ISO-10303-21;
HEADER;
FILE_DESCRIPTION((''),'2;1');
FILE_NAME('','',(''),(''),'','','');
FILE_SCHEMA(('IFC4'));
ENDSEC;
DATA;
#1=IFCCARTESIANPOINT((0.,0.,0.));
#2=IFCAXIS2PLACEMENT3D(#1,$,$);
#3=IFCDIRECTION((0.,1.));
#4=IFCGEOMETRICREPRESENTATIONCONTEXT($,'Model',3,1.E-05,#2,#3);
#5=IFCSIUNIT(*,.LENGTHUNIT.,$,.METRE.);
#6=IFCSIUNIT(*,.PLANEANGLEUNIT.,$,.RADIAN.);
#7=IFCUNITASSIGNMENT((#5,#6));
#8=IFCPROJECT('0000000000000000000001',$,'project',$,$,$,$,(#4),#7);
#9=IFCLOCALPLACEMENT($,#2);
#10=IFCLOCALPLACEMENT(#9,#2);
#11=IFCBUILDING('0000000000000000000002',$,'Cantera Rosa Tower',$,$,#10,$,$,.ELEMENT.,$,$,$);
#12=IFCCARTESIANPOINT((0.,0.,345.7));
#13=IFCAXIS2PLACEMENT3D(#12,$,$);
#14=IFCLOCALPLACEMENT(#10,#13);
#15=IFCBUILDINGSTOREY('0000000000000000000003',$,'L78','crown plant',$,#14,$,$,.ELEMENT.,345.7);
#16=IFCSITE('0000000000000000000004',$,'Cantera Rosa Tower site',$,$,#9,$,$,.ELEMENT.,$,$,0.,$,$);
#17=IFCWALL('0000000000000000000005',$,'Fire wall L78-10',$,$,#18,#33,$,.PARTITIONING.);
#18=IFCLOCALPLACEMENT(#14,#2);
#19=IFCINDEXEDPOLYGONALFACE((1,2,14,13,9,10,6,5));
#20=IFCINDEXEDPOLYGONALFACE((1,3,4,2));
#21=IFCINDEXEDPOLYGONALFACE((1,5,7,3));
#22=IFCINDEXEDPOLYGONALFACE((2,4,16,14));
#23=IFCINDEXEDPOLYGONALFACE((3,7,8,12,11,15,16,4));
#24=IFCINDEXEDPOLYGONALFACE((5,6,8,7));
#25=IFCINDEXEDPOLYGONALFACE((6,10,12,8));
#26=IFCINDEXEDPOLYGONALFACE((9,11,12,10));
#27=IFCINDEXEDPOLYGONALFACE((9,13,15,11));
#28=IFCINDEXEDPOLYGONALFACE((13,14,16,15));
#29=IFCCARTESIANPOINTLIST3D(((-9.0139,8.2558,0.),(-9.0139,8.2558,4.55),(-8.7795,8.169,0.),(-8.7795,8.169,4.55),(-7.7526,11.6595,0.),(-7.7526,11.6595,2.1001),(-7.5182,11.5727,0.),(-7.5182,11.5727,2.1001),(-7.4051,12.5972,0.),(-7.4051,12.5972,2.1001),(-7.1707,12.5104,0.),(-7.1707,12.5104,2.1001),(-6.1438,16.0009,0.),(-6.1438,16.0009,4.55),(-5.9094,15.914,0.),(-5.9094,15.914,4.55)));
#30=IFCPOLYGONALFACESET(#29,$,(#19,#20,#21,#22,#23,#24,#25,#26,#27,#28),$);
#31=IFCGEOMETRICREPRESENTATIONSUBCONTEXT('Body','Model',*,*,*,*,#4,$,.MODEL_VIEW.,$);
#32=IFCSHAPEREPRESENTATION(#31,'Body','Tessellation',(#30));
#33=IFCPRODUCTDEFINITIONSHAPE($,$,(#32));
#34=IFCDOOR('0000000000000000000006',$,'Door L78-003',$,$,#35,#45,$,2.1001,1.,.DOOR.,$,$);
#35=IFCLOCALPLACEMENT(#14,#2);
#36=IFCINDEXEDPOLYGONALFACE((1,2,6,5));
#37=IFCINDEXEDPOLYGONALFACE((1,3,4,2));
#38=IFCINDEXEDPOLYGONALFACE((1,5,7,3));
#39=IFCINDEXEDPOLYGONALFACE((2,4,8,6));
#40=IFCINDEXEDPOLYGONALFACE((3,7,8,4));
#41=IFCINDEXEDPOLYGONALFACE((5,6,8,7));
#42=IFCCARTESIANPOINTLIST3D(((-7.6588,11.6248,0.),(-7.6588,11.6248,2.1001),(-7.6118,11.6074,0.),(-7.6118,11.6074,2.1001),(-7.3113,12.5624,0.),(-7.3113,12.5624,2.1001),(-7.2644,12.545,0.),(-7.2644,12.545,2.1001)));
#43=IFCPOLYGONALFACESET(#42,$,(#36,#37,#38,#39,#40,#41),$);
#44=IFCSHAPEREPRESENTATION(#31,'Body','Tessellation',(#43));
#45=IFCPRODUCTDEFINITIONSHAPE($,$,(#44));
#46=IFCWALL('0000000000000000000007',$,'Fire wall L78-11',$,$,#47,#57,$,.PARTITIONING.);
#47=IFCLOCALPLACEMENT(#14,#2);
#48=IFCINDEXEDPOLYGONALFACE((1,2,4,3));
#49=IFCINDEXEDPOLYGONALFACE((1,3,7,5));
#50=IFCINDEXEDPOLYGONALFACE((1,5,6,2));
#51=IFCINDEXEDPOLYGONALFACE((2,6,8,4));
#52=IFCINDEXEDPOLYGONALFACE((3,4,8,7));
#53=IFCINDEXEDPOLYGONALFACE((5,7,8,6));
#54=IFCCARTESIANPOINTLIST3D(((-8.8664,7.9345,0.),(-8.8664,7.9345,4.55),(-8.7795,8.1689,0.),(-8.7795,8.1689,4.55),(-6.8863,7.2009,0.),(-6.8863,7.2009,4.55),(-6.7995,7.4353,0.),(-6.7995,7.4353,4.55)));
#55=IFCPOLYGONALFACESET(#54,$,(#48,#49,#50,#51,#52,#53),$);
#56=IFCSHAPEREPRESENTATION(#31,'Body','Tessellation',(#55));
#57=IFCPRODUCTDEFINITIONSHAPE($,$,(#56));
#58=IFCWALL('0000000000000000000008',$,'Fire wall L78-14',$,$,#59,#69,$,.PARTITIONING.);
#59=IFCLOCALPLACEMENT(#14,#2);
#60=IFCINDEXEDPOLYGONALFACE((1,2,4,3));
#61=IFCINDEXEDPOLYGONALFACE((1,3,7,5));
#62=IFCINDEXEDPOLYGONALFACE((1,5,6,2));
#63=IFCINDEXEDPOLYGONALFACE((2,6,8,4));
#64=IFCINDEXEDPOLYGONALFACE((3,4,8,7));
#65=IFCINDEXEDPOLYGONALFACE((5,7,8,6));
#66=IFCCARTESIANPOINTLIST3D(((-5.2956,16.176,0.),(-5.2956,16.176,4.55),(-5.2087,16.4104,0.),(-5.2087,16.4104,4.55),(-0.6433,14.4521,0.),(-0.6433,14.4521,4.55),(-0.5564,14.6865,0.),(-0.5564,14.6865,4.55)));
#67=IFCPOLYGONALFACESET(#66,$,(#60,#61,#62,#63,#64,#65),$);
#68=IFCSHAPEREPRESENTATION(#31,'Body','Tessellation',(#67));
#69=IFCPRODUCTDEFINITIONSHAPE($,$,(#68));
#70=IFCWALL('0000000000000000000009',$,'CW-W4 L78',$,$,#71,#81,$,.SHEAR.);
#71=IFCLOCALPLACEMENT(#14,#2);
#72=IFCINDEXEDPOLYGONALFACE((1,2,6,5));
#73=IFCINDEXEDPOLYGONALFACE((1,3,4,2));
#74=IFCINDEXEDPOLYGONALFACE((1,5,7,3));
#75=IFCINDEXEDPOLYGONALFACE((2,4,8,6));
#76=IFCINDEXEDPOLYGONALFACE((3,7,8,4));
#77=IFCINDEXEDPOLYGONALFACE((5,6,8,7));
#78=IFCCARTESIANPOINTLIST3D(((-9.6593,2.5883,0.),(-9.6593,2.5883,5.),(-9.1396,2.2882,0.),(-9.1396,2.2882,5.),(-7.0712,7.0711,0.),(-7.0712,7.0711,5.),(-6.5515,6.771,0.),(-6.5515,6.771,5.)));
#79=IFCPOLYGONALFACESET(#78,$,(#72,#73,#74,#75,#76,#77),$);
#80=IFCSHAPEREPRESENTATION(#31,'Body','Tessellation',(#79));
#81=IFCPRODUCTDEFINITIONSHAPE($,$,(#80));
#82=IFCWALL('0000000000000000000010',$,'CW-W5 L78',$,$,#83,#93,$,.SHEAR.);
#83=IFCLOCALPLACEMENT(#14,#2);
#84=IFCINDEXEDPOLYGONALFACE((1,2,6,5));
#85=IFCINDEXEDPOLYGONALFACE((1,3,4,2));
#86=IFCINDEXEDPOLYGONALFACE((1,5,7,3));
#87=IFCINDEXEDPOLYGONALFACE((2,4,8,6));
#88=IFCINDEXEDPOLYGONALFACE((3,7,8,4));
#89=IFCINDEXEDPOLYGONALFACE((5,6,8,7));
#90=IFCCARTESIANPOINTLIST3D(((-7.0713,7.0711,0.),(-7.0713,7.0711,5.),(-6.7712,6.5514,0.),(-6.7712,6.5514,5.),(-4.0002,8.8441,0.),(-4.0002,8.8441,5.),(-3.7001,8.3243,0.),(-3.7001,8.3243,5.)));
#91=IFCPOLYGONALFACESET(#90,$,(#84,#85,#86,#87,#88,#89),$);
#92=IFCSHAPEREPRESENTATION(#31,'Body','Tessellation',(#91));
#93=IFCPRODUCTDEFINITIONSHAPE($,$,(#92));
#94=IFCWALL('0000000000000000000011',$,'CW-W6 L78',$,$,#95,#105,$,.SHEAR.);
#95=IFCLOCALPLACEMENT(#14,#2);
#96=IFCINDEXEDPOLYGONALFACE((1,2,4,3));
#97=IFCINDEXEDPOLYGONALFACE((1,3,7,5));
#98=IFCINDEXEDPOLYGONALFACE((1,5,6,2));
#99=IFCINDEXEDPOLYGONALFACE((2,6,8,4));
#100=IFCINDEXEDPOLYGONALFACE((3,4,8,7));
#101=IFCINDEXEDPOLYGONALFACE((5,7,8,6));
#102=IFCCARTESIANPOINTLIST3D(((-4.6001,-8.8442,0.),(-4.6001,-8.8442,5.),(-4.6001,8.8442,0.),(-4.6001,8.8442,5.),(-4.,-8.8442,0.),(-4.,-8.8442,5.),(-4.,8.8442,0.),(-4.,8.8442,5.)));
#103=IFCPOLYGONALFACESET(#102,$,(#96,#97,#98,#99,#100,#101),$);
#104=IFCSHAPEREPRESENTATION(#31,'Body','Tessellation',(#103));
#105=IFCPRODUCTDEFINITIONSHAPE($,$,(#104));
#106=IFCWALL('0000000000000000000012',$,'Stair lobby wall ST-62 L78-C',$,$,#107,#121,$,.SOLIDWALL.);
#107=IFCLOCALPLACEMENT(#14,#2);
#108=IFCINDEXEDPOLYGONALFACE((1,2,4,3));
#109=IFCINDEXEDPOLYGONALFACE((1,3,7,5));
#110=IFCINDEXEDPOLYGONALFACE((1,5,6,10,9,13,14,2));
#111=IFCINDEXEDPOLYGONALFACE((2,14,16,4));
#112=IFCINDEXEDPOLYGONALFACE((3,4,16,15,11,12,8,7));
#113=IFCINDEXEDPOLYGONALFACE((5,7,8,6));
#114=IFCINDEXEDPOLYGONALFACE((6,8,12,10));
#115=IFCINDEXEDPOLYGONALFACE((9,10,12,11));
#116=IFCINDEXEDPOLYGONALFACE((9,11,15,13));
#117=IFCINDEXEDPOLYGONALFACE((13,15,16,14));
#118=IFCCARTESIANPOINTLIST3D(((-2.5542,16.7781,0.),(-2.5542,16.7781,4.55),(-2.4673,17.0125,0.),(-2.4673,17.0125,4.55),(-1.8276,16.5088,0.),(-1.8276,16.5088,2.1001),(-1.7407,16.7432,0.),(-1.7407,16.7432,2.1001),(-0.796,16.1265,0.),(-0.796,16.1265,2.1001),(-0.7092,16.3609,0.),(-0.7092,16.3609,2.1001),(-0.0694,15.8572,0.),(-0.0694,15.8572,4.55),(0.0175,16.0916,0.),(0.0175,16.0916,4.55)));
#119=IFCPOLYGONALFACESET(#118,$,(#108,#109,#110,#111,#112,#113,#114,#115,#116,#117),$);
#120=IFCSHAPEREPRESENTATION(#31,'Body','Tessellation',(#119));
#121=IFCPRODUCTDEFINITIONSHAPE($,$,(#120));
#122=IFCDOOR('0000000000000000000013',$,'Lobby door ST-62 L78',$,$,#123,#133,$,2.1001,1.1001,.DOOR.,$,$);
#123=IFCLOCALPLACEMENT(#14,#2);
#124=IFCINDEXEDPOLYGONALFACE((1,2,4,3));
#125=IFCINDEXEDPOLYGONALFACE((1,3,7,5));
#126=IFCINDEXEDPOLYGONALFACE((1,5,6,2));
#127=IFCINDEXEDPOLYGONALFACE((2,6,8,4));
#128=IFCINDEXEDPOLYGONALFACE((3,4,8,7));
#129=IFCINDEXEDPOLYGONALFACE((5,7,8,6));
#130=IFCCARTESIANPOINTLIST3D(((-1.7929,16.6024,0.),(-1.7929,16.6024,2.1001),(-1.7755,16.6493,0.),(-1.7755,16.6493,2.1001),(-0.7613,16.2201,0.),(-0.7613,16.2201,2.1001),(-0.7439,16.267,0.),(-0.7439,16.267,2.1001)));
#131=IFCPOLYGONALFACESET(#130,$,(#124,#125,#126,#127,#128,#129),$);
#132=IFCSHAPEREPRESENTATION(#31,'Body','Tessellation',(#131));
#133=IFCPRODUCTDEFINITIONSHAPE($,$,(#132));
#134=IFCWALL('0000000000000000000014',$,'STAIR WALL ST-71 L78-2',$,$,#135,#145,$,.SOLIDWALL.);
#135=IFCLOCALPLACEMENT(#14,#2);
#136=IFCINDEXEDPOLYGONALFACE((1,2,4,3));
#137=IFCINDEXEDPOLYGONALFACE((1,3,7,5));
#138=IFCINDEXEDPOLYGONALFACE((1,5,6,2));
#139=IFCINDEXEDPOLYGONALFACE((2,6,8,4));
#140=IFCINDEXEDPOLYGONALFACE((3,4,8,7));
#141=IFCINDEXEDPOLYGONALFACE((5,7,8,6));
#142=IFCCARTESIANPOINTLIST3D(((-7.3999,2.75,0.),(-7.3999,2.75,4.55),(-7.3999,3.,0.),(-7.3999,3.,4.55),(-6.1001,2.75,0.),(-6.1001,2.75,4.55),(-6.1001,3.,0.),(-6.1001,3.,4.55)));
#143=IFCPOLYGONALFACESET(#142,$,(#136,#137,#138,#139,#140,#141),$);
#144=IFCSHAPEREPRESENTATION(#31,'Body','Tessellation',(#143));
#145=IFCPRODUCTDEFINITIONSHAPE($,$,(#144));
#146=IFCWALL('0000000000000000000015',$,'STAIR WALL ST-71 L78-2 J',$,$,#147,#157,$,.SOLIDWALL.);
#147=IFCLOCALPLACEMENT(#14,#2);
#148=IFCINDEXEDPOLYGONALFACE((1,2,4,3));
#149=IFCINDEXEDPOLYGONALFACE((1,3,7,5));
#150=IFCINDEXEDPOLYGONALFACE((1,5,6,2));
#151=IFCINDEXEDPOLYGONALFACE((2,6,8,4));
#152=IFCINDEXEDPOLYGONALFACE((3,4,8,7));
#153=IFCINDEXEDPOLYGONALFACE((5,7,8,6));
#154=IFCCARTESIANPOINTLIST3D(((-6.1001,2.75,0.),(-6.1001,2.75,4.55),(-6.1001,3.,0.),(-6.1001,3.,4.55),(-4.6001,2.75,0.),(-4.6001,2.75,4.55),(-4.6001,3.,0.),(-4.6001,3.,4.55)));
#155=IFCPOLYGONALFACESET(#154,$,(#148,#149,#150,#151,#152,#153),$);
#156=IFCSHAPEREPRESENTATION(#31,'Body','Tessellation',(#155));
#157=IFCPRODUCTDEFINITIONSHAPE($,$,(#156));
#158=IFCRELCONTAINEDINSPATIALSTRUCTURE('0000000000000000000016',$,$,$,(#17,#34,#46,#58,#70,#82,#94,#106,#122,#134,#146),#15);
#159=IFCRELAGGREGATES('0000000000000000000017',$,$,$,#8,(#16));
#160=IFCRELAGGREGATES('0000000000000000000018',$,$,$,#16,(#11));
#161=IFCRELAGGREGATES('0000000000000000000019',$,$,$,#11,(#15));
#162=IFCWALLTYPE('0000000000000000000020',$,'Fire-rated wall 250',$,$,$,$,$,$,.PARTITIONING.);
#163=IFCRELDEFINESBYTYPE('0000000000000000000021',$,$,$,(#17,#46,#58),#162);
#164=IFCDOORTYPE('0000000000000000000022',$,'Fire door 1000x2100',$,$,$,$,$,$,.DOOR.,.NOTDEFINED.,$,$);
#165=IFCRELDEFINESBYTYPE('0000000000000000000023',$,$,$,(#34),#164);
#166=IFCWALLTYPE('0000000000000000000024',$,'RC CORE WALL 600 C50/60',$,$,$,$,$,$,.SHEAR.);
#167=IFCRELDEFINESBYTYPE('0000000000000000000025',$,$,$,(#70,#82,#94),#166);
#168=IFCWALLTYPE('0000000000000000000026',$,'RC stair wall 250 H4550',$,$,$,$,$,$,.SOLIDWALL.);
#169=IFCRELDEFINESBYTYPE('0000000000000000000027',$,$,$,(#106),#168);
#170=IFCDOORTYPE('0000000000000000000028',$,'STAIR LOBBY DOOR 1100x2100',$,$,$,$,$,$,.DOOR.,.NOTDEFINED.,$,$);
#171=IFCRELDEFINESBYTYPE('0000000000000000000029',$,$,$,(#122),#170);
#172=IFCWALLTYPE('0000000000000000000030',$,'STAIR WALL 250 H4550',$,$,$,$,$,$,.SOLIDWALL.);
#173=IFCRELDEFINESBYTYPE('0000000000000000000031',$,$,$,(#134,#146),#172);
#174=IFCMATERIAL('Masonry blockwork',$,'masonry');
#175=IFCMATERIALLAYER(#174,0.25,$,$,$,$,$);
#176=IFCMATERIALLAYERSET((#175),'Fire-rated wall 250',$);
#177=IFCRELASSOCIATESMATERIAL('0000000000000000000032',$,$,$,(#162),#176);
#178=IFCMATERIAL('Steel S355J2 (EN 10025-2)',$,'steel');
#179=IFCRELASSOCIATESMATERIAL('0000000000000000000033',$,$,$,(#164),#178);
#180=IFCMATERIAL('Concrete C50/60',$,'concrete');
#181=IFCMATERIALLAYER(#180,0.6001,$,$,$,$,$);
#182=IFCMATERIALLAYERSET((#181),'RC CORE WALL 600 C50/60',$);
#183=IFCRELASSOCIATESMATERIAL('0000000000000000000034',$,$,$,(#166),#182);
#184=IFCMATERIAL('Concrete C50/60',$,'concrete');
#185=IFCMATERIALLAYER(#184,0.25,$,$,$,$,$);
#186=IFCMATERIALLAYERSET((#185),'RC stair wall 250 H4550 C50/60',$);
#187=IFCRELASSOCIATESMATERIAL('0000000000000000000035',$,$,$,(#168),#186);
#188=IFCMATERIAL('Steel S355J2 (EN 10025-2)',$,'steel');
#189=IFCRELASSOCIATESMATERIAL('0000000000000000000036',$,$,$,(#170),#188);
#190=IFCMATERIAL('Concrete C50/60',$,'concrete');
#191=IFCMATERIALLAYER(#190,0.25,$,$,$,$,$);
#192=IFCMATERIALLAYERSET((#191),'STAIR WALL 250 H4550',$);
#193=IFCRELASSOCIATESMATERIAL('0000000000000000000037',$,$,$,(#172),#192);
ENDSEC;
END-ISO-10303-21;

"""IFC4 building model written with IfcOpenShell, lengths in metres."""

from ifc_helpers import new_model, si_unit, direction, frame, frame_2d, origin, place, context, subcontext, project, spatial, rectangle, extrude, material, layer, layer_set, type_object, element, fill, save


model = new_model("IFC4")

# Units and contexts
model_context = context("Model", 3, precision=1e-05, world=origin(), true_north=direction((0.0, 1.0)))
body_context = subcontext(model_context, "Body", "Model", "MODEL_VIEW")
ifc_project = project(units=[si_unit("LENGTHUNIT", "METRE"), si_unit("PLANEANGLEUNIT", "RADIAN")], contexts=[model_context])

# Site, building, storey
site_placement = place(None, origin())
site = spatial("IfcSite", under=ifc_project, at=site_placement, Name="Cantera Rosa Tower site", CompositionType="ELEMENT", RefElevation=0.0)
building_placement = place(site_placement, origin())
building = spatial("IfcBuilding", under=site, at=building_placement, Name="Cantera Rosa Tower", CompositionType="ELEMENT")
storey_placement = place(building_placement, frame((0.0, 0.0, 345.7)))
storey = spatial("IfcBuildingStorey", under=building, at=storey_placement, Name="L78", Description="crown plant", CompositionType="ELEMENT", Elevation=345.7)

# Shared definitions
ifc_material_1 = material(Name="Masonry blockwork", Category="masonry")
ifc_layer_1 = layer(ifc_material_1, 0.25)
ifc_layer_set_1 = layer_set([ifc_layer_1], Name="Fire-rated wall 250")
wall_type_1 = type_object("IfcWallType", Name="Fire-rated wall 250", PredefinedType="PARTITIONING", material=ifc_layer_set_1)

# Wall, opening, door
wall_1_placement = place(storey_placement, frame((-8.8967, 8.2124, 0.0), z_axis=(0.0, 0.0, 1.0), x_axis=(0.34748, 0.937687, 0.0)))
wall_1 = element("IfcWall", 1, at=wall_1_placement, inside=storey, type_object=wall_type_1, Name="Fire wall L78-10", PredefinedType="PARTITIONING", context=body_context, shape_type="SweptSolid", body=[
    extrude(rectangle(XDim=8.2598, YDim=0.25, at=frame_2d((4.1299, 0.0))), origin(), (0.0, 0.0, 1.0), 4.55),
])
opening_1_placement = place(wall_1_placement, frame((3.6299, 0.0, 0.0)))
opening_1 = element("IfcOpeningElement", 2, at=opening_1_placement, cuts=wall_1, PredefinedType="OPENING", context=body_context, shape_type="SweptSolid", body=[
    extrude(rectangle(XDim=1.0, YDim=2.1001, at=frame_2d((0.5, 1.05))), frame((0.0, 0.135, 0.0), z_axis=(0.0, -1.0, 0.0), x_axis=(1.0, 0.0, 0.0)), (0.0, 0.0, 1.0), 0.27),
])
ifc_material_2 = material(Name="Steel S355J2 (EN 10025-2)", Category="steel")
door_type_1 = type_object("IfcDoorType", Name="Fire door 1000x2100", OperationType="NOTDEFINED", PredefinedType="DOOR", material=ifc_material_2)
door_1_placement = place(opening_1_placement, origin())
door_1 = element("IfcDoor", 3, at=door_1_placement, inside=storey, type_object=door_type_1, Name="Door L78-003", OverallHeight=2.1001, OverallWidth=1.0, PredefinedType="DOOR", context=body_context, shape_type="SweptSolid", body=[
    extrude(rectangle(XDim=1.0, YDim=2.1001, at=frame_2d((0.5, 1.05))), frame((0.0, 0.0249, 0.0), z_axis=(0.0, -1.0, 0.0), x_axis=(1.0, 0.0, 0.0)), (0.0, 0.0, 1.0), 0.05),
])
fill(opening_1, door_1)

# Walls
wall_2_placement = place(storey_placement, frame((-6.843, 7.3181, 0.0), z_axis=(0.0, 0.0, 1.0), x_axis=(-0.9377, 0.347446, 0.0)))
element("IfcWall", 4, at=wall_2_placement, inside=storey, type_object=wall_type_1, Name="Fire wall L78-11", PredefinedType="PARTITIONING", context=body_context, shape_type="SweptSolid", body=[
    extrude(rectangle(XDim=2.1116, YDim=0.25, at=frame_2d((1.0557, 0.0))), origin(), (0.0, 0.0, 1.0), 4.55),
])
wall_3_placement = place(storey_placement, frame((-0.5999, 14.5693, 0.0), z_axis=(0.0, 0.0, 1.0), x_axis=(-0.937697, 0.347454, 0.0)))
element("IfcWall", 5, at=wall_3_placement, inside=storey, type_object=wall_type_1, Name="Fire wall L78-14", PredefinedType="PARTITIONING", context=body_context, shape_type="SweptSolid", body=[
    extrude(rectangle(XDim=4.9614, YDim=0.25, at=frame_2d((2.4807, 0.0))), origin(), (0.0, 0.0, 1.0), 4.55),
])
ifc_material_3 = material(Name="Concrete C50/60", Category="concrete")
ifc_layer_2 = layer(ifc_material_3, 0.6001)
ifc_layer_set_2 = layer_set([ifc_layer_2], Name="RC CORE WALL 600 C50/60")
wall_type_2 = type_object("IfcWallType", Name="RC CORE WALL 600 C50/60", PredefinedType="SHEAR", material=ifc_layer_set_2)
wall_4_placement = place(storey_placement, frame((-9.3994, 2.4382, 0.0), z_axis=(0.0, 0.0, 1.0), x_axis=(0.499989, 0.866032, 0.0)))
element("IfcWall", 6, at=wall_4_placement, inside=storey, type_object=wall_type_2, Name="CW-W4 L78", PredefinedType="SHEAR", context=body_context, shape_type="SweptSolid", body=[
    extrude(rectangle(XDim=5.1763, YDim=0.6001, at=frame_2d((2.5881, 0.0))), origin(), (0.0, 0.0, 1.0), 5.0),
])
wall_5_placement = place(storey_placement, frame((-6.9211, 6.8113, 0.0), z_axis=(0.0, 0.0, 1.0), x_axis=(0.86604, 0.499975, 0.0)))
element("IfcWall", 7, at=wall_5_placement, inside=storey, type_object=wall_type_2, Name="CW-W5 L78", PredefinedType="SHEAR", context=body_context, shape_type="SweptSolid", body=[
    extrude(rectangle(XDim=3.5461, YDim=0.6001, at=frame_2d((1.7729, 0.0))), origin(), (0.0, 0.0, 1.0), 5.0),
])
wall_6_placement = place(storey_placement, frame((-4.3, 8.8442, 0.0), z_axis=(0.0, 0.0, 1.0), x_axis=(0.0, -1.0, 0.0)))
element("IfcWall", 8, at=wall_6_placement, inside=storey, type_object=wall_type_2, Name="CW-W6 L78", PredefinedType="SHEAR", context=body_context, shape_type="SweptSolid", body=[
    extrude(rectangle(XDim=17.6885, YDim=0.6001, at=frame_2d((8.8442, 0.0))), origin(), (0.0, 0.0, 1.0), 5.0),
])

# Wall, opening, door
ifc_material_4 = material(Name="Concrete C50/60", Category="concrete")
ifc_layer_3 = layer(ifc_material_4, 0.25)
ifc_layer_set_3 = layer_set([ifc_layer_3], Name="RC stair wall 250 H4550 C50/60")
wall_type_3 = type_object("IfcWallType", Name="RC stair wall 250 H4550", PredefinedType="SOLIDWALL", material=ifc_layer_set_3)
wall_7_placement = place(storey_placement, frame((-2.5107, 16.8953, 0.0), z_axis=(0.0, 0.0, 1.0), x_axis=(0.937678, -0.347506, 0.0)))
wall_7 = element("IfcWall", 9, at=wall_7_placement, inside=storey, type_object=wall_type_3, Name="Stair lobby wall ST-62 L78-C", PredefinedType="SOLIDWALL", context=body_context, shape_type="SweptSolid", body=[
    extrude(rectangle(XDim=2.6499, YDim=0.25, at=frame_2d((1.325, 0.0))), origin(), (0.0, 0.0, 1.0), 4.55),
])
opening_2_placement = place(wall_7_placement, frame((0.7749, 0.0, 0.0)))
opening_2 = element("IfcOpeningElement", 10, at=opening_2_placement, cuts=wall_7, PredefinedType="OPENING", context=body_context, shape_type="SweptSolid", body=[
    extrude(rectangle(XDim=1.1001, YDim=2.1001, at=frame_2d((0.55, 1.05))), frame((0.0, 0.135, 0.0), z_axis=(0.0, -1.0, 0.0), x_axis=(1.0, 0.0, 0.0)), (0.0, 0.0, 1.0), 0.27),
])
ifc_material_5 = material(Name="Steel S355J2 (EN 10025-2)", Category="steel")
door_type_2 = type_object("IfcDoorType", Name="STAIR LOBBY DOOR 1100x2100", OperationType="NOTDEFINED", PredefinedType="DOOR", material=ifc_material_5)
door_2_placement = place(opening_2_placement, origin())
door_2 = element("IfcDoor", 11, at=door_2_placement, inside=storey, type_object=door_type_2, Name="Lobby door ST-62 L78", OverallHeight=2.1001, OverallWidth=1.1001, PredefinedType="DOOR", context=body_context, shape_type="SweptSolid", body=[
    extrude(rectangle(XDim=1.1001, YDim=2.1001, at=frame_2d((0.55, 1.05))), frame((0.0, 0.0249, 0.0), z_axis=(0.0, -1.0, 0.0), x_axis=(1.0, 0.0, 0.0)), (0.0, 0.0, 1.0), 0.05),
])
fill(opening_2, door_2)

# Walls
ifc_material_6 = material(Name="Concrete C50/60", Category="concrete")
ifc_layer_4 = layer(ifc_material_6, 0.25)
ifc_layer_set_4 = layer_set([ifc_layer_4], Name="STAIR WALL 250 H4550")
wall_type_4 = type_object("IfcWallType", Name="STAIR WALL 250 H4550", PredefinedType="SOLIDWALL", material=ifc_layer_set_4)
wall_8_placement = place(storey_placement, frame((-7.3999, 2.875, 0.0), z_axis=(0.0, 0.0, 1.0), x_axis=(1.0, 0.0, 0.0)))
element("IfcWall", 12, at=wall_8_placement, inside=storey, type_object=wall_type_4, Name="STAIR WALL ST-71 L78-2", PredefinedType="SOLIDWALL", context=body_context, shape_type="SweptSolid", body=[
    extrude(rectangle(XDim=1.2998, YDim=0.25, at=frame_2d((0.6499, 0.0))), origin(), (0.0, 0.0, 1.0), 4.55),
])
wall_9_placement = place(storey_placement, frame((-6.1001, 2.875, 0.0), z_axis=(0.0, 0.0, 1.0), x_axis=(1.0, 0.0, 0.0)))
element("IfcWall", 13, at=wall_9_placement, inside=storey, type_object=wall_type_4, Name="STAIR WALL ST-71 L78-2 J", PredefinedType="SOLIDWALL", context=body_context, shape_type="SweptSolid", body=[
    extrude(rectangle(XDim=1.5, YDim=0.25, at=frame_2d((0.75, 0.0))), origin(), (0.0, 0.0, 1.0), 4.55),
])

save(model, "model.ifc")
